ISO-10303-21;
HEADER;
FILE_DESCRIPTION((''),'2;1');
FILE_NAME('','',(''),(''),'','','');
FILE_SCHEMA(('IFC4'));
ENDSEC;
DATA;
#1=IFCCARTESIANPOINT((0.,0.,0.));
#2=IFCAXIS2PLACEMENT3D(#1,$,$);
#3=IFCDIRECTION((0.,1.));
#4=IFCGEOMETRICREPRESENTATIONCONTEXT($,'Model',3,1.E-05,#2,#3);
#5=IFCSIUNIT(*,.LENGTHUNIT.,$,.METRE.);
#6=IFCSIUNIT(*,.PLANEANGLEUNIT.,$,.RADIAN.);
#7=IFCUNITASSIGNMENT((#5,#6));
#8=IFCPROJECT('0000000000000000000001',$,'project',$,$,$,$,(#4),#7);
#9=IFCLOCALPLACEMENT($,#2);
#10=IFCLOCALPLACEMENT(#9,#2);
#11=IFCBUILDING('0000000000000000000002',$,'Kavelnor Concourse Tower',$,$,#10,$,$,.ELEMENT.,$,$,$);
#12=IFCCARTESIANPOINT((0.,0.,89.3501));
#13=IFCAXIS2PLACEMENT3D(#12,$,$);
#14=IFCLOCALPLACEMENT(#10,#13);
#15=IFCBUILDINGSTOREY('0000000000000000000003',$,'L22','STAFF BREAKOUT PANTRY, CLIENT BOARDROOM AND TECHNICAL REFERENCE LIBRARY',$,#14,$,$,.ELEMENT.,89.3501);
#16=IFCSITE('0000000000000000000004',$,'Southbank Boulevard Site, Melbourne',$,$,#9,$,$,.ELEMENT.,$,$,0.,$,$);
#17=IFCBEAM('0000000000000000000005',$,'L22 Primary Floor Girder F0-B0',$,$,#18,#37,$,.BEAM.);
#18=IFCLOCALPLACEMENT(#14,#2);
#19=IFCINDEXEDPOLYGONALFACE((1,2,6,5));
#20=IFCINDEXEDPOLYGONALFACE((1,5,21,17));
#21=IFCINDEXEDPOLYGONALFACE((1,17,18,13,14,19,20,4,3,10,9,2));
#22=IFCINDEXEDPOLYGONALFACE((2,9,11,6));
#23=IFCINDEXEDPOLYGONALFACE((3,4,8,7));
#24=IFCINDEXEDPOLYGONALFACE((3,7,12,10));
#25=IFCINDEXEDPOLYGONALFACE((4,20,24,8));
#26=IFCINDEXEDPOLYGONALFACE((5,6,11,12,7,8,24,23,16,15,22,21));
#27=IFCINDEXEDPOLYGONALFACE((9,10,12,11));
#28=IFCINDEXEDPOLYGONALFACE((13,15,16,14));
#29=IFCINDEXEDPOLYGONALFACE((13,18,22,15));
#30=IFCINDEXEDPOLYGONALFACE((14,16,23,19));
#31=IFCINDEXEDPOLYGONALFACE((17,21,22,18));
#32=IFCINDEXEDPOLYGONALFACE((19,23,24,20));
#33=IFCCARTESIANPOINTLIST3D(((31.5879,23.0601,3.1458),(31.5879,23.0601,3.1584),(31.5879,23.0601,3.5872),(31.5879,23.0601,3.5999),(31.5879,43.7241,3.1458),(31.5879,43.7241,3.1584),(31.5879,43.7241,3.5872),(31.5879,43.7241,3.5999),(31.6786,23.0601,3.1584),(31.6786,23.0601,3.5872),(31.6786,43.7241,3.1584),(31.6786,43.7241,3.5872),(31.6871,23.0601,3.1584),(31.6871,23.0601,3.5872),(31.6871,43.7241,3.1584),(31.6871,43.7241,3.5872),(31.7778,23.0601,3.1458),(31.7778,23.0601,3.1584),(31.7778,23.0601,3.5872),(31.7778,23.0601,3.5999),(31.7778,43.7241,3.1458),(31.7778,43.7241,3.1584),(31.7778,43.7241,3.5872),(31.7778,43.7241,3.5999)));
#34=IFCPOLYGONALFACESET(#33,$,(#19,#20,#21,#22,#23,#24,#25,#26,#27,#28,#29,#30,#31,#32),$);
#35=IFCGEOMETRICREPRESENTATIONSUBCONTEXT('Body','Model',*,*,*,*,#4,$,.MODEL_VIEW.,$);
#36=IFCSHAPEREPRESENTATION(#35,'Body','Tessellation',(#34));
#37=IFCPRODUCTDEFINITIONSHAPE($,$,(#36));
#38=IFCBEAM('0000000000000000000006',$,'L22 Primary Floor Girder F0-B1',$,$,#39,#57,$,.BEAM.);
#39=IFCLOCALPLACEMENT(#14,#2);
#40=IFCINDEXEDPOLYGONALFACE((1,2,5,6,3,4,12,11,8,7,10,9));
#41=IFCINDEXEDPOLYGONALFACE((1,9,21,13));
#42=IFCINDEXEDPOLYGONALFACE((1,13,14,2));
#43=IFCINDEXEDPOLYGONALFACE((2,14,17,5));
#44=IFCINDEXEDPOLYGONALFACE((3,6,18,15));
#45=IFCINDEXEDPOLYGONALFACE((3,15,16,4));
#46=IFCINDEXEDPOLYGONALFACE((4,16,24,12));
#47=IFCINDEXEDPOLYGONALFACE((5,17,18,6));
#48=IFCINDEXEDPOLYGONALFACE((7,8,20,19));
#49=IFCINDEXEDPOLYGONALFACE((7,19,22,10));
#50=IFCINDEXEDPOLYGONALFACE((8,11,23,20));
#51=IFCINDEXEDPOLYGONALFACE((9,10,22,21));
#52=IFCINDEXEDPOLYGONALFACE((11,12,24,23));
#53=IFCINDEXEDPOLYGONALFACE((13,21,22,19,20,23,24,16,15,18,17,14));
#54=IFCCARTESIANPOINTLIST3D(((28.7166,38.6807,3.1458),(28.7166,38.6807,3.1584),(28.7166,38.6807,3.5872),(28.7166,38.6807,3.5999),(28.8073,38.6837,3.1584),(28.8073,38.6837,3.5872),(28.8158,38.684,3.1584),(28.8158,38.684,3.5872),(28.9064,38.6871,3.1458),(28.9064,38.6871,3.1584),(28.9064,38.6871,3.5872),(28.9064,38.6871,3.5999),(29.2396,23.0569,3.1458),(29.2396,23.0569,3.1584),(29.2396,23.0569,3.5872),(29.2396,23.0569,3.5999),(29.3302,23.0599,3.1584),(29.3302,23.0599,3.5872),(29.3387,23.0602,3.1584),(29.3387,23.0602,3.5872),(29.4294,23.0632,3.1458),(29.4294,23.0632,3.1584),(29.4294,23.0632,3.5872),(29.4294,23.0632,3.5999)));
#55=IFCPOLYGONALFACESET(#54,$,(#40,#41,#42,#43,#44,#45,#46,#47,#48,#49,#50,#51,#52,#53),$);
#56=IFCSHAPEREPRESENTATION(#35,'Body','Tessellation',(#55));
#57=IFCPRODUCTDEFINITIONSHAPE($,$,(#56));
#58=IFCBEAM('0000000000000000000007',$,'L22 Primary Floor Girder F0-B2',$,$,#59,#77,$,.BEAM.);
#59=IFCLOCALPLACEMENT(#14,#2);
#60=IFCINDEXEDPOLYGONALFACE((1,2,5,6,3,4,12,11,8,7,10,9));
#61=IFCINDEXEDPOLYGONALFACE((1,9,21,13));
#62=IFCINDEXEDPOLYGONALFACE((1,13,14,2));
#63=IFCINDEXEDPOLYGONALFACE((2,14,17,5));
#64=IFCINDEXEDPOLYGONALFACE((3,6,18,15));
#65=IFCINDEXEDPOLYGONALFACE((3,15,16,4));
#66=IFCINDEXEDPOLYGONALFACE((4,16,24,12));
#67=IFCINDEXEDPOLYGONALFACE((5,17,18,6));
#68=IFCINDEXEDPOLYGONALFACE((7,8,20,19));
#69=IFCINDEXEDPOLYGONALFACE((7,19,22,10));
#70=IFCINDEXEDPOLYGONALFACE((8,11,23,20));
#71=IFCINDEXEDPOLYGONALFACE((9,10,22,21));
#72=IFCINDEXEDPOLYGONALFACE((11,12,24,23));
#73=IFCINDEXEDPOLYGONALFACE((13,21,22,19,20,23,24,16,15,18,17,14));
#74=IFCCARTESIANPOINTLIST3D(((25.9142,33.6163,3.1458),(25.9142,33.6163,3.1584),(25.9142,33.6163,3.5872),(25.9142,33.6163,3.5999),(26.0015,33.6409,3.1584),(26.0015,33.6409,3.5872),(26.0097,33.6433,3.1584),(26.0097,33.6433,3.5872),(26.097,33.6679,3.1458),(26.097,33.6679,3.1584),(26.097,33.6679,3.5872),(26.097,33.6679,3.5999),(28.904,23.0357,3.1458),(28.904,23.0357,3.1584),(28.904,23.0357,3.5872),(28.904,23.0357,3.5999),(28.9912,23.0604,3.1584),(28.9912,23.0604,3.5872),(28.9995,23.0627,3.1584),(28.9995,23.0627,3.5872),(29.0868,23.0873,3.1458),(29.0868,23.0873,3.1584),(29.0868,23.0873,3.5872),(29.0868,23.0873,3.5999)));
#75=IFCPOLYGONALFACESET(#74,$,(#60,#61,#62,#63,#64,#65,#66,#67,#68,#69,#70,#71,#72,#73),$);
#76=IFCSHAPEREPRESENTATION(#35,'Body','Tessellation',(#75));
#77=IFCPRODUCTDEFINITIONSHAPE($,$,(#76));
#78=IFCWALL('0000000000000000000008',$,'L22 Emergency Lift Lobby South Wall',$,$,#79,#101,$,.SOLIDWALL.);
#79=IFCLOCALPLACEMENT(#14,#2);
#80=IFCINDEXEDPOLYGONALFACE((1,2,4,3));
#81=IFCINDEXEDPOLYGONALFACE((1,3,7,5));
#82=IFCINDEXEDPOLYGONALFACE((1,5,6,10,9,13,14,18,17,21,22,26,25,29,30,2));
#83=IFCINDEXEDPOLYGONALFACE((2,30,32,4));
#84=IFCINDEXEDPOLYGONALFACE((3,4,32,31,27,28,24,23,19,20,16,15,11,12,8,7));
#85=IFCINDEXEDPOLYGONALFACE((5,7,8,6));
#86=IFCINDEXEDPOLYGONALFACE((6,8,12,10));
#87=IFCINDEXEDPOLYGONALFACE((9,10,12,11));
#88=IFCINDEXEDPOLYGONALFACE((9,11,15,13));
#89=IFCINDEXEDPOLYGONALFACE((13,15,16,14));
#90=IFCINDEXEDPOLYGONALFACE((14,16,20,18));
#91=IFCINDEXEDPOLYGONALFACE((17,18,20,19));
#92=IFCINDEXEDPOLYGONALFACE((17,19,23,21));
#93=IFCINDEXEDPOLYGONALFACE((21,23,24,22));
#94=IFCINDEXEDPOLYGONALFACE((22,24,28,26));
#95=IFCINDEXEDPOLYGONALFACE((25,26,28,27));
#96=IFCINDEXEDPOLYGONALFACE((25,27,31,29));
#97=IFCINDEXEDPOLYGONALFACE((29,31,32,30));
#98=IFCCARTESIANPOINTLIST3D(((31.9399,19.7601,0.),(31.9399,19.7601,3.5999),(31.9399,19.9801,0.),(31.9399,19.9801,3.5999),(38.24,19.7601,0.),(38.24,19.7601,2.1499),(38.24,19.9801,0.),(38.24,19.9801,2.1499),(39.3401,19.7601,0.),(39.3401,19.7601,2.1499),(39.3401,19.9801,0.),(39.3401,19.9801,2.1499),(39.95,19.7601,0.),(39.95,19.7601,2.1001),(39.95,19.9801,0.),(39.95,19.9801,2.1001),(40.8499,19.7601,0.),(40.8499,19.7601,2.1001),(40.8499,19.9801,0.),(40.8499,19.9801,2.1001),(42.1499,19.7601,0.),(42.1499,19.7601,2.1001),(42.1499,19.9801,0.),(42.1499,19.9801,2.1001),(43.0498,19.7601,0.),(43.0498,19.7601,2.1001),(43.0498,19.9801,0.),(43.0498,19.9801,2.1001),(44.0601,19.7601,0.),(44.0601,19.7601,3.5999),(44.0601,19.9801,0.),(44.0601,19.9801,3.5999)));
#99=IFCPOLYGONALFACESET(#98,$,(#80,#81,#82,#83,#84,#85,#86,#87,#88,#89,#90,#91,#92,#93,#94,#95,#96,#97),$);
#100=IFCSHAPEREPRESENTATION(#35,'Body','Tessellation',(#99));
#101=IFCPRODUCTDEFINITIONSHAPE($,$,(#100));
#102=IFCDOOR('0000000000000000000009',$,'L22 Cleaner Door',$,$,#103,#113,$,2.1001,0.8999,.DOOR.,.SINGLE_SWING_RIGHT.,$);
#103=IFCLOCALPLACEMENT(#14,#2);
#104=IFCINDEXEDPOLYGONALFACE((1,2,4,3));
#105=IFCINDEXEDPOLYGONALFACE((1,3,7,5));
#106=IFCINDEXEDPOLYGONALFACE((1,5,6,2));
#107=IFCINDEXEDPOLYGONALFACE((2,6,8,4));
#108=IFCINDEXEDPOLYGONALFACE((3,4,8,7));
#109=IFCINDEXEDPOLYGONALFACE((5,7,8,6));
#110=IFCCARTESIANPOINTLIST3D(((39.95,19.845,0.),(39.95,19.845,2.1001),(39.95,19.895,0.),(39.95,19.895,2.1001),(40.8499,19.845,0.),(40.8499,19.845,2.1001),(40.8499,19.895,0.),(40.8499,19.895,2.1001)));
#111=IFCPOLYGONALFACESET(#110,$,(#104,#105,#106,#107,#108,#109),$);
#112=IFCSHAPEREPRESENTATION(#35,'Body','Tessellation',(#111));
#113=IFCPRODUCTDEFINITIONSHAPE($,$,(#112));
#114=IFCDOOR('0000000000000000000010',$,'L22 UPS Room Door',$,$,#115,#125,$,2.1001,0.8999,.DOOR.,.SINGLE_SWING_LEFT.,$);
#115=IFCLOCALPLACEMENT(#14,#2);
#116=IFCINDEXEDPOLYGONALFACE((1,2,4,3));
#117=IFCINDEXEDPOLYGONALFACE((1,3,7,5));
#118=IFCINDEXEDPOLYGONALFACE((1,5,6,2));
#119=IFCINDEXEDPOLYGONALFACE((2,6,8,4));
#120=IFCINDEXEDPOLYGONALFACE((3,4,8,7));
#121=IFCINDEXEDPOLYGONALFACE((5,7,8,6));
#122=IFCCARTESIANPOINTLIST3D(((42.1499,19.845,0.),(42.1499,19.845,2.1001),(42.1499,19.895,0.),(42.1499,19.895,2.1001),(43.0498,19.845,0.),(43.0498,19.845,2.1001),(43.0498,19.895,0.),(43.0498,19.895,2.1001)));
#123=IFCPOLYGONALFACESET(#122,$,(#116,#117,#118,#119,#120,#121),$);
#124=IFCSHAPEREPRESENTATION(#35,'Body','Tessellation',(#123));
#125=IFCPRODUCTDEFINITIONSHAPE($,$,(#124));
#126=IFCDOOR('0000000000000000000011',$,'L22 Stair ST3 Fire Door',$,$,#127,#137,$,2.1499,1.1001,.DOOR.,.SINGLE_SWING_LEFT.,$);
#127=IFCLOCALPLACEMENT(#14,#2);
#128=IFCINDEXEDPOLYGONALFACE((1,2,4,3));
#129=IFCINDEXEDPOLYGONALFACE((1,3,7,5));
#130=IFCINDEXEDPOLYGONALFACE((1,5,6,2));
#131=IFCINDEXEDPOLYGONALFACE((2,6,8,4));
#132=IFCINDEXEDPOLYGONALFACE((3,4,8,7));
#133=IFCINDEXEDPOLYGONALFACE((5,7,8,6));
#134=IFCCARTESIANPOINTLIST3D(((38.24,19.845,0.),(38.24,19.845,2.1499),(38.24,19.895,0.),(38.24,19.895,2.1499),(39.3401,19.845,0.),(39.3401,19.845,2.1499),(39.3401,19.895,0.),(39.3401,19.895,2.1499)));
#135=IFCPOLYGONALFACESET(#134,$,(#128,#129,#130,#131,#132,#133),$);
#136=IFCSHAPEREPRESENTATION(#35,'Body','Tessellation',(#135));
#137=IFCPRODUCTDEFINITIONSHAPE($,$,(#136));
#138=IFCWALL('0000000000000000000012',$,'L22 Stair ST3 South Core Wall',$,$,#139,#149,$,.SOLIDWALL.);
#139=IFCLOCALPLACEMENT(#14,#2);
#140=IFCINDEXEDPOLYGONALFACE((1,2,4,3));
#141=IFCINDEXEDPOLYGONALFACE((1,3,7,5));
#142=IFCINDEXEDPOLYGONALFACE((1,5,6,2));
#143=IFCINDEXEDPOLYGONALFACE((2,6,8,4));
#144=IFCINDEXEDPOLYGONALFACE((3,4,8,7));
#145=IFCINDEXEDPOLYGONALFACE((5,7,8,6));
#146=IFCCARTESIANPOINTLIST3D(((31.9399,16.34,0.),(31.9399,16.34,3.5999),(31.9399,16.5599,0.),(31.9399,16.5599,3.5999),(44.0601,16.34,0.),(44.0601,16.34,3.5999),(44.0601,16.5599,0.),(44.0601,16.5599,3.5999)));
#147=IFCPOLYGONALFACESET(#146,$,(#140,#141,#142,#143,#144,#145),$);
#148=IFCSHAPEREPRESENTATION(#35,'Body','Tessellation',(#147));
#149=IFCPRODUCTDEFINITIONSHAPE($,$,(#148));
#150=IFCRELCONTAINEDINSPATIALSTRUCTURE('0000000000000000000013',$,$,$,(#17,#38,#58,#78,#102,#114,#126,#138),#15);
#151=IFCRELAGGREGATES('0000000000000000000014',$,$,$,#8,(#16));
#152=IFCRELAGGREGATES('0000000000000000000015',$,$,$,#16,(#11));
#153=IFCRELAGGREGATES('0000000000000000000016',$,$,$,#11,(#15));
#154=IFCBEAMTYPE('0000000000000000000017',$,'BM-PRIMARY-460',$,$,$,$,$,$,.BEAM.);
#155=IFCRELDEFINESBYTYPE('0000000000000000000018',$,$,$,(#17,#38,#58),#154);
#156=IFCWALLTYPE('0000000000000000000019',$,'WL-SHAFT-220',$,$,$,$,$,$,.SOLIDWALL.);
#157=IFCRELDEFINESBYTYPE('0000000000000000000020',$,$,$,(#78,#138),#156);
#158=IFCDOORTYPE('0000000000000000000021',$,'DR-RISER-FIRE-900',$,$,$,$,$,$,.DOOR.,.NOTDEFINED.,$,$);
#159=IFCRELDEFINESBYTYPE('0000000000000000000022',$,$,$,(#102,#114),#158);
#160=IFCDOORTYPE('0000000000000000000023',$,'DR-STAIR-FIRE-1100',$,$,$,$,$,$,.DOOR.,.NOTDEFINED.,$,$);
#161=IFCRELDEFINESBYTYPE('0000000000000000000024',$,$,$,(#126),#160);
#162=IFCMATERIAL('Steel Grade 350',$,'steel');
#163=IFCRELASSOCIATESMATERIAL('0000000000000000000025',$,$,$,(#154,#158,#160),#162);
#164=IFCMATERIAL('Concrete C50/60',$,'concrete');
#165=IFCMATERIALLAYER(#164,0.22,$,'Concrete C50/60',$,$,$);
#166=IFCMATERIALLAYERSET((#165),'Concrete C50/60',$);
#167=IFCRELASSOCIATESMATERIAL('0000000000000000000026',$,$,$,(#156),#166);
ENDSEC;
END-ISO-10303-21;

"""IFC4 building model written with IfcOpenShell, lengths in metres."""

from ifc_helpers import new_model, si_unit, direction, frame, frame_2d, origin, origin_2d, place, context, subcontext, project, spatial, rectangle, i_section, extrude, material, layer, layer_set, material_profile, profile_set, type_object, element, fill, save


model = new_model("IFC4")

# Units and contexts
model_context = context("Model", 3, precision=1e-05, world=origin(), true_north=direction((0.0, 1.0)))
body_context = subcontext(model_context, "Body", "Model", "MODEL_VIEW")
ifc_project = project(units=[si_unit("LENGTHUNIT", "METRE"), si_unit("PLANEANGLEUNIT", "RADIAN")], contexts=[model_context])

# Site, building, storey
site_placement = place(None, origin())
site = spatial("IfcSite", under=ifc_project, at=site_placement, Name="Southbank Boulevard Site, Melbourne", CompositionType="ELEMENT", RefElevation=0.0)
building_placement = place(site_placement, origin())
building = spatial("IfcBuilding", under=site, at=building_placement, Name="Kavelnor Concourse Tower", CompositionType="ELEMENT")
storey_placement = place(building_placement, frame((0.0, 0.0, 89.3501)))
storey = spatial("IfcBuildingStorey", under=building, at=storey_placement, Name="L22", Description="STAFF BREAKOUT PANTRY, CLIENT BOARDROOM AND TECHNICAL REFERENCE LIBRARY", CompositionType="ELEMENT", Elevation=89.3501)

# Beams
ifc_material_1 = material(Name="Steel Grade 350", Category="steel")
ifc_material_profile = material_profile(ifc_material_1, i_section(OverallWidth=0.1899, OverallDepth=0.4541, WebThickness=0.0085, FlangeThickness=0.0127, at=origin_2d()), Name="460UB67")
ifc_profile_set = profile_set([ifc_material_profile], Name="Steel Grade 350")
beam_type = type_object("IfcBeamType", Name="BM-PRIMARY-460", PredefinedType="BEAM", material=ifc_profile_set)
beam_1_placement = place(storey_placement, frame((31.6829, 23.0601, 3.3728), z_axis=(0.0, 1.0, 0.0), x_axis=(-1.0, 0.0, 0.0)))
element("IfcBeam", 1, at=beam_1_placement, inside=storey, type_object=beam_type, Name="L22 Primary Floor Girder F0-B0", PredefinedType="BEAM", context=body_context, shape_type="SweptSolid", body=[
    extrude(i_section(OverallWidth=0.1899, OverallDepth=0.4541, WebThickness=0.0085, FlangeThickness=0.0127, at=origin_2d()), origin(), (0.0, 0.0, 1.0), 20.6641),
])
beam_2_placement = place(storey_placement, frame((29.3345, 23.0601, 3.3728), z_axis=(-0.033453, 0.99944, 0.0), x_axis=(-0.99944, -0.033453, 0.0)))
element("IfcBeam", 2, at=beam_2_placement, inside=storey, type_object=beam_type, Name="L22 Primary Floor Girder F0-B1", PredefinedType="BEAM", context=body_context, shape_type="SweptSolid", body=[
    extrude(i_section(OverallWidth=0.1899, OverallDepth=0.4541, WebThickness=0.0085, FlangeThickness=0.0127, at=origin_2d()), origin(), (0.0, 0.0, 1.0), 15.6326),
])
beam_3_placement = place(storey_placement, frame((28.9954, 23.0615, 3.3728), z_axis=(-0.271922, 0.962319, 0.0), x_axis=(-0.962319, -0.271922, 0.0)))
element("IfcBeam", 3, at=beam_3_placement, inside=storey, type_object=beam_type, Name="L22 Primary Floor Girder F0-B2", PredefinedType="BEAM", context=body_context, shape_type="SweptSolid", body=[
    extrude(i_section(OverallWidth=0.1899, OverallDepth=0.4541, WebThickness=0.0085, FlangeThickness=0.0127, at=origin_2d()), origin(), (0.0, 0.0, 1.0), 10.9949),
])

# Wall, openings, doors
ifc_material_2 = material(Name="Concrete C50/60", Category="concrete")
ifc_layer_1 = layer(ifc_material_2, 0.22, Name="Concrete C50/60")
ifc_layer_set_1 = layer_set([ifc_layer_1], Name="Concrete C50/60")
wall_type_1 = type_object("IfcWallType", Name="WL-SHAFT-220", PredefinedType="SOLIDWALL", material=ifc_layer_set_1)
wall_1_placement = place(storey_placement, frame((31.9399, 19.8701, 0.0), z_axis=(0.0, 0.0, 1.0), x_axis=(1.0, 0.0, 0.0)))
wall_1 = element("IfcWall", 4, at=wall_1_placement, inside=storey, type_object=wall_type_1, Name="L22 Emergency Lift Lobby South Wall", PredefinedType="SOLIDWALL", context=body_context, shape_type="SweptSolid", body=[
    extrude(rectangle(XDim=12.1201, YDim=0.22, at=frame_2d((6.0601, 0.0))), origin(), (0.0, 0.0, 1.0), 3.5999),
])
opening_1_placement = place(wall_1_placement, frame((6.3, 0.0, 0.0)))
opening_1 = element("IfcOpeningElement", 5, at=opening_1_placement, cuts=wall_1, PredefinedType="OPENING", context=body_context, shape_type="SweptSolid", body=[
    extrude(rectangle(XDim=1.1001, YDim=2.1499, at=frame_2d((0.55, 1.075))), frame((0.0, 0.1201, 0.0), z_axis=(0.0, -1.0, 0.0), x_axis=(1.0, 0.0, 0.0)), (0.0, 0.0, 1.0), 0.24),
])
opening_2_placement = place(wall_1_placement, frame((8.01, 0.0, 0.0)))
opening_2 = element("IfcOpeningElement", 6, at=opening_2_placement, cuts=wall_1, PredefinedType="OPENING", context=body_context, shape_type="SweptSolid", body=[
    extrude(rectangle(XDim=0.8999, YDim=2.1001, at=frame_2d((0.45, 1.05))), frame((0.0, 0.1201, 0.0), z_axis=(0.0, -1.0, 0.0), x_axis=(1.0, 0.0, 0.0)), (0.0, 0.0, 1.0), 0.24),
])
opening_3_placement = place(wall_1_placement, frame((10.21, 0.0, 0.0)))
opening_3 = element("IfcOpeningElement", 7, at=opening_3_placement, cuts=wall_1, PredefinedType="OPENING", context=body_context, shape_type="SweptSolid", body=[
    extrude(rectangle(XDim=0.8999, YDim=2.1001, at=frame_2d((0.45, 1.05))), frame((0.0, 0.1201, 0.0), z_axis=(0.0, -1.0, 0.0), x_axis=(1.0, 0.0, 0.0)), (0.0, 0.0, 1.0), 0.24),
])
door_type_1 = type_object("IfcDoorType", Name="DR-RISER-FIRE-900", OperationType="NOTDEFINED", PredefinedType="DOOR", material=ifc_material_1)
door_1_placement = place(opening_2_placement, origin())
door_1 = element("IfcDoor", 8, at=door_1_placement, inside=storey, type_object=door_type_1, Name="L22 Cleaner Door", OperationType="SINGLE_SWING_RIGHT", OverallHeight=2.1001, OverallWidth=0.8999, PredefinedType="DOOR", context=body_context, shape_type="SweptSolid", body=[
    extrude(rectangle(XDim=0.8999, YDim=2.1001, at=frame_2d((0.45, 1.05))), frame((0.0, 0.0249, 0.0), z_axis=(0.0, -1.0, 0.0), x_axis=(1.0, 0.0, 0.0)), (0.0, 0.0, 1.0), 0.05),
])
fill(opening_2, door_1)
door_2_placement = place(opening_3_placement, origin())
door_2 = element("IfcDoor", 9, at=door_2_placement, inside=storey, type_object=door_type_1, Name="L22 UPS Room Door", OperationType="SINGLE_SWING_LEFT", OverallHeight=2.1001, OverallWidth=0.8999, PredefinedType="DOOR", context=body_context, shape_type="SweptSolid", body=[
    extrude(rectangle(XDim=0.8999, YDim=2.1001, at=frame_2d((0.45, 1.05))), frame((0.0, 0.0249, 0.0), z_axis=(0.0, -1.0, 0.0), x_axis=(1.0, 0.0, 0.0)), (0.0, 0.0, 1.0), 0.05),
])
fill(opening_3, door_2)
door_type_2 = type_object("IfcDoorType", Name="DR-STAIR-FIRE-1100", OperationType="NOTDEFINED", PredefinedType="DOOR", material=ifc_material_1)
door_3_placement = place(opening_1_placement, origin())
door_3 = element("IfcDoor", 10, at=door_3_placement, inside=storey, type_object=door_type_2, Name="L22 Stair ST3 Fire Door", OperationType="SINGLE_SWING_LEFT", OverallHeight=2.1499, OverallWidth=1.1001, PredefinedType="DOOR", context=body_context, shape_type="SweptSolid", body=[
    extrude(rectangle(XDim=1.1001, YDim=2.1499, at=frame_2d((0.55, 1.075))), frame((0.0, 0.0249, 0.0), z_axis=(0.0, -1.0, 0.0), x_axis=(1.0, 0.0, 0.0)), (0.0, 0.0, 1.0), 0.05),
])
fill(opening_1, door_3)

# Wall
wall_2_placement = place(storey_placement, frame((31.9399, 16.45, 0.0), z_axis=(0.0, 0.0, 1.0), x_axis=(1.0, 0.0, 0.0)))
element("IfcWall", 11, at=wall_2_placement, inside=storey, type_object=wall_type_1, Name="L22 Stair ST3 South Core Wall", PredefinedType="SOLIDWALL", context=body_context, shape_type="SweptSolid", body=[
    extrude(rectangle(XDim=12.1201, YDim=0.22, at=frame_2d((6.0601, 0.0))), origin(), (0.0, 0.0, 1.0), 3.5999),
])

save(model, "model.ifc")
